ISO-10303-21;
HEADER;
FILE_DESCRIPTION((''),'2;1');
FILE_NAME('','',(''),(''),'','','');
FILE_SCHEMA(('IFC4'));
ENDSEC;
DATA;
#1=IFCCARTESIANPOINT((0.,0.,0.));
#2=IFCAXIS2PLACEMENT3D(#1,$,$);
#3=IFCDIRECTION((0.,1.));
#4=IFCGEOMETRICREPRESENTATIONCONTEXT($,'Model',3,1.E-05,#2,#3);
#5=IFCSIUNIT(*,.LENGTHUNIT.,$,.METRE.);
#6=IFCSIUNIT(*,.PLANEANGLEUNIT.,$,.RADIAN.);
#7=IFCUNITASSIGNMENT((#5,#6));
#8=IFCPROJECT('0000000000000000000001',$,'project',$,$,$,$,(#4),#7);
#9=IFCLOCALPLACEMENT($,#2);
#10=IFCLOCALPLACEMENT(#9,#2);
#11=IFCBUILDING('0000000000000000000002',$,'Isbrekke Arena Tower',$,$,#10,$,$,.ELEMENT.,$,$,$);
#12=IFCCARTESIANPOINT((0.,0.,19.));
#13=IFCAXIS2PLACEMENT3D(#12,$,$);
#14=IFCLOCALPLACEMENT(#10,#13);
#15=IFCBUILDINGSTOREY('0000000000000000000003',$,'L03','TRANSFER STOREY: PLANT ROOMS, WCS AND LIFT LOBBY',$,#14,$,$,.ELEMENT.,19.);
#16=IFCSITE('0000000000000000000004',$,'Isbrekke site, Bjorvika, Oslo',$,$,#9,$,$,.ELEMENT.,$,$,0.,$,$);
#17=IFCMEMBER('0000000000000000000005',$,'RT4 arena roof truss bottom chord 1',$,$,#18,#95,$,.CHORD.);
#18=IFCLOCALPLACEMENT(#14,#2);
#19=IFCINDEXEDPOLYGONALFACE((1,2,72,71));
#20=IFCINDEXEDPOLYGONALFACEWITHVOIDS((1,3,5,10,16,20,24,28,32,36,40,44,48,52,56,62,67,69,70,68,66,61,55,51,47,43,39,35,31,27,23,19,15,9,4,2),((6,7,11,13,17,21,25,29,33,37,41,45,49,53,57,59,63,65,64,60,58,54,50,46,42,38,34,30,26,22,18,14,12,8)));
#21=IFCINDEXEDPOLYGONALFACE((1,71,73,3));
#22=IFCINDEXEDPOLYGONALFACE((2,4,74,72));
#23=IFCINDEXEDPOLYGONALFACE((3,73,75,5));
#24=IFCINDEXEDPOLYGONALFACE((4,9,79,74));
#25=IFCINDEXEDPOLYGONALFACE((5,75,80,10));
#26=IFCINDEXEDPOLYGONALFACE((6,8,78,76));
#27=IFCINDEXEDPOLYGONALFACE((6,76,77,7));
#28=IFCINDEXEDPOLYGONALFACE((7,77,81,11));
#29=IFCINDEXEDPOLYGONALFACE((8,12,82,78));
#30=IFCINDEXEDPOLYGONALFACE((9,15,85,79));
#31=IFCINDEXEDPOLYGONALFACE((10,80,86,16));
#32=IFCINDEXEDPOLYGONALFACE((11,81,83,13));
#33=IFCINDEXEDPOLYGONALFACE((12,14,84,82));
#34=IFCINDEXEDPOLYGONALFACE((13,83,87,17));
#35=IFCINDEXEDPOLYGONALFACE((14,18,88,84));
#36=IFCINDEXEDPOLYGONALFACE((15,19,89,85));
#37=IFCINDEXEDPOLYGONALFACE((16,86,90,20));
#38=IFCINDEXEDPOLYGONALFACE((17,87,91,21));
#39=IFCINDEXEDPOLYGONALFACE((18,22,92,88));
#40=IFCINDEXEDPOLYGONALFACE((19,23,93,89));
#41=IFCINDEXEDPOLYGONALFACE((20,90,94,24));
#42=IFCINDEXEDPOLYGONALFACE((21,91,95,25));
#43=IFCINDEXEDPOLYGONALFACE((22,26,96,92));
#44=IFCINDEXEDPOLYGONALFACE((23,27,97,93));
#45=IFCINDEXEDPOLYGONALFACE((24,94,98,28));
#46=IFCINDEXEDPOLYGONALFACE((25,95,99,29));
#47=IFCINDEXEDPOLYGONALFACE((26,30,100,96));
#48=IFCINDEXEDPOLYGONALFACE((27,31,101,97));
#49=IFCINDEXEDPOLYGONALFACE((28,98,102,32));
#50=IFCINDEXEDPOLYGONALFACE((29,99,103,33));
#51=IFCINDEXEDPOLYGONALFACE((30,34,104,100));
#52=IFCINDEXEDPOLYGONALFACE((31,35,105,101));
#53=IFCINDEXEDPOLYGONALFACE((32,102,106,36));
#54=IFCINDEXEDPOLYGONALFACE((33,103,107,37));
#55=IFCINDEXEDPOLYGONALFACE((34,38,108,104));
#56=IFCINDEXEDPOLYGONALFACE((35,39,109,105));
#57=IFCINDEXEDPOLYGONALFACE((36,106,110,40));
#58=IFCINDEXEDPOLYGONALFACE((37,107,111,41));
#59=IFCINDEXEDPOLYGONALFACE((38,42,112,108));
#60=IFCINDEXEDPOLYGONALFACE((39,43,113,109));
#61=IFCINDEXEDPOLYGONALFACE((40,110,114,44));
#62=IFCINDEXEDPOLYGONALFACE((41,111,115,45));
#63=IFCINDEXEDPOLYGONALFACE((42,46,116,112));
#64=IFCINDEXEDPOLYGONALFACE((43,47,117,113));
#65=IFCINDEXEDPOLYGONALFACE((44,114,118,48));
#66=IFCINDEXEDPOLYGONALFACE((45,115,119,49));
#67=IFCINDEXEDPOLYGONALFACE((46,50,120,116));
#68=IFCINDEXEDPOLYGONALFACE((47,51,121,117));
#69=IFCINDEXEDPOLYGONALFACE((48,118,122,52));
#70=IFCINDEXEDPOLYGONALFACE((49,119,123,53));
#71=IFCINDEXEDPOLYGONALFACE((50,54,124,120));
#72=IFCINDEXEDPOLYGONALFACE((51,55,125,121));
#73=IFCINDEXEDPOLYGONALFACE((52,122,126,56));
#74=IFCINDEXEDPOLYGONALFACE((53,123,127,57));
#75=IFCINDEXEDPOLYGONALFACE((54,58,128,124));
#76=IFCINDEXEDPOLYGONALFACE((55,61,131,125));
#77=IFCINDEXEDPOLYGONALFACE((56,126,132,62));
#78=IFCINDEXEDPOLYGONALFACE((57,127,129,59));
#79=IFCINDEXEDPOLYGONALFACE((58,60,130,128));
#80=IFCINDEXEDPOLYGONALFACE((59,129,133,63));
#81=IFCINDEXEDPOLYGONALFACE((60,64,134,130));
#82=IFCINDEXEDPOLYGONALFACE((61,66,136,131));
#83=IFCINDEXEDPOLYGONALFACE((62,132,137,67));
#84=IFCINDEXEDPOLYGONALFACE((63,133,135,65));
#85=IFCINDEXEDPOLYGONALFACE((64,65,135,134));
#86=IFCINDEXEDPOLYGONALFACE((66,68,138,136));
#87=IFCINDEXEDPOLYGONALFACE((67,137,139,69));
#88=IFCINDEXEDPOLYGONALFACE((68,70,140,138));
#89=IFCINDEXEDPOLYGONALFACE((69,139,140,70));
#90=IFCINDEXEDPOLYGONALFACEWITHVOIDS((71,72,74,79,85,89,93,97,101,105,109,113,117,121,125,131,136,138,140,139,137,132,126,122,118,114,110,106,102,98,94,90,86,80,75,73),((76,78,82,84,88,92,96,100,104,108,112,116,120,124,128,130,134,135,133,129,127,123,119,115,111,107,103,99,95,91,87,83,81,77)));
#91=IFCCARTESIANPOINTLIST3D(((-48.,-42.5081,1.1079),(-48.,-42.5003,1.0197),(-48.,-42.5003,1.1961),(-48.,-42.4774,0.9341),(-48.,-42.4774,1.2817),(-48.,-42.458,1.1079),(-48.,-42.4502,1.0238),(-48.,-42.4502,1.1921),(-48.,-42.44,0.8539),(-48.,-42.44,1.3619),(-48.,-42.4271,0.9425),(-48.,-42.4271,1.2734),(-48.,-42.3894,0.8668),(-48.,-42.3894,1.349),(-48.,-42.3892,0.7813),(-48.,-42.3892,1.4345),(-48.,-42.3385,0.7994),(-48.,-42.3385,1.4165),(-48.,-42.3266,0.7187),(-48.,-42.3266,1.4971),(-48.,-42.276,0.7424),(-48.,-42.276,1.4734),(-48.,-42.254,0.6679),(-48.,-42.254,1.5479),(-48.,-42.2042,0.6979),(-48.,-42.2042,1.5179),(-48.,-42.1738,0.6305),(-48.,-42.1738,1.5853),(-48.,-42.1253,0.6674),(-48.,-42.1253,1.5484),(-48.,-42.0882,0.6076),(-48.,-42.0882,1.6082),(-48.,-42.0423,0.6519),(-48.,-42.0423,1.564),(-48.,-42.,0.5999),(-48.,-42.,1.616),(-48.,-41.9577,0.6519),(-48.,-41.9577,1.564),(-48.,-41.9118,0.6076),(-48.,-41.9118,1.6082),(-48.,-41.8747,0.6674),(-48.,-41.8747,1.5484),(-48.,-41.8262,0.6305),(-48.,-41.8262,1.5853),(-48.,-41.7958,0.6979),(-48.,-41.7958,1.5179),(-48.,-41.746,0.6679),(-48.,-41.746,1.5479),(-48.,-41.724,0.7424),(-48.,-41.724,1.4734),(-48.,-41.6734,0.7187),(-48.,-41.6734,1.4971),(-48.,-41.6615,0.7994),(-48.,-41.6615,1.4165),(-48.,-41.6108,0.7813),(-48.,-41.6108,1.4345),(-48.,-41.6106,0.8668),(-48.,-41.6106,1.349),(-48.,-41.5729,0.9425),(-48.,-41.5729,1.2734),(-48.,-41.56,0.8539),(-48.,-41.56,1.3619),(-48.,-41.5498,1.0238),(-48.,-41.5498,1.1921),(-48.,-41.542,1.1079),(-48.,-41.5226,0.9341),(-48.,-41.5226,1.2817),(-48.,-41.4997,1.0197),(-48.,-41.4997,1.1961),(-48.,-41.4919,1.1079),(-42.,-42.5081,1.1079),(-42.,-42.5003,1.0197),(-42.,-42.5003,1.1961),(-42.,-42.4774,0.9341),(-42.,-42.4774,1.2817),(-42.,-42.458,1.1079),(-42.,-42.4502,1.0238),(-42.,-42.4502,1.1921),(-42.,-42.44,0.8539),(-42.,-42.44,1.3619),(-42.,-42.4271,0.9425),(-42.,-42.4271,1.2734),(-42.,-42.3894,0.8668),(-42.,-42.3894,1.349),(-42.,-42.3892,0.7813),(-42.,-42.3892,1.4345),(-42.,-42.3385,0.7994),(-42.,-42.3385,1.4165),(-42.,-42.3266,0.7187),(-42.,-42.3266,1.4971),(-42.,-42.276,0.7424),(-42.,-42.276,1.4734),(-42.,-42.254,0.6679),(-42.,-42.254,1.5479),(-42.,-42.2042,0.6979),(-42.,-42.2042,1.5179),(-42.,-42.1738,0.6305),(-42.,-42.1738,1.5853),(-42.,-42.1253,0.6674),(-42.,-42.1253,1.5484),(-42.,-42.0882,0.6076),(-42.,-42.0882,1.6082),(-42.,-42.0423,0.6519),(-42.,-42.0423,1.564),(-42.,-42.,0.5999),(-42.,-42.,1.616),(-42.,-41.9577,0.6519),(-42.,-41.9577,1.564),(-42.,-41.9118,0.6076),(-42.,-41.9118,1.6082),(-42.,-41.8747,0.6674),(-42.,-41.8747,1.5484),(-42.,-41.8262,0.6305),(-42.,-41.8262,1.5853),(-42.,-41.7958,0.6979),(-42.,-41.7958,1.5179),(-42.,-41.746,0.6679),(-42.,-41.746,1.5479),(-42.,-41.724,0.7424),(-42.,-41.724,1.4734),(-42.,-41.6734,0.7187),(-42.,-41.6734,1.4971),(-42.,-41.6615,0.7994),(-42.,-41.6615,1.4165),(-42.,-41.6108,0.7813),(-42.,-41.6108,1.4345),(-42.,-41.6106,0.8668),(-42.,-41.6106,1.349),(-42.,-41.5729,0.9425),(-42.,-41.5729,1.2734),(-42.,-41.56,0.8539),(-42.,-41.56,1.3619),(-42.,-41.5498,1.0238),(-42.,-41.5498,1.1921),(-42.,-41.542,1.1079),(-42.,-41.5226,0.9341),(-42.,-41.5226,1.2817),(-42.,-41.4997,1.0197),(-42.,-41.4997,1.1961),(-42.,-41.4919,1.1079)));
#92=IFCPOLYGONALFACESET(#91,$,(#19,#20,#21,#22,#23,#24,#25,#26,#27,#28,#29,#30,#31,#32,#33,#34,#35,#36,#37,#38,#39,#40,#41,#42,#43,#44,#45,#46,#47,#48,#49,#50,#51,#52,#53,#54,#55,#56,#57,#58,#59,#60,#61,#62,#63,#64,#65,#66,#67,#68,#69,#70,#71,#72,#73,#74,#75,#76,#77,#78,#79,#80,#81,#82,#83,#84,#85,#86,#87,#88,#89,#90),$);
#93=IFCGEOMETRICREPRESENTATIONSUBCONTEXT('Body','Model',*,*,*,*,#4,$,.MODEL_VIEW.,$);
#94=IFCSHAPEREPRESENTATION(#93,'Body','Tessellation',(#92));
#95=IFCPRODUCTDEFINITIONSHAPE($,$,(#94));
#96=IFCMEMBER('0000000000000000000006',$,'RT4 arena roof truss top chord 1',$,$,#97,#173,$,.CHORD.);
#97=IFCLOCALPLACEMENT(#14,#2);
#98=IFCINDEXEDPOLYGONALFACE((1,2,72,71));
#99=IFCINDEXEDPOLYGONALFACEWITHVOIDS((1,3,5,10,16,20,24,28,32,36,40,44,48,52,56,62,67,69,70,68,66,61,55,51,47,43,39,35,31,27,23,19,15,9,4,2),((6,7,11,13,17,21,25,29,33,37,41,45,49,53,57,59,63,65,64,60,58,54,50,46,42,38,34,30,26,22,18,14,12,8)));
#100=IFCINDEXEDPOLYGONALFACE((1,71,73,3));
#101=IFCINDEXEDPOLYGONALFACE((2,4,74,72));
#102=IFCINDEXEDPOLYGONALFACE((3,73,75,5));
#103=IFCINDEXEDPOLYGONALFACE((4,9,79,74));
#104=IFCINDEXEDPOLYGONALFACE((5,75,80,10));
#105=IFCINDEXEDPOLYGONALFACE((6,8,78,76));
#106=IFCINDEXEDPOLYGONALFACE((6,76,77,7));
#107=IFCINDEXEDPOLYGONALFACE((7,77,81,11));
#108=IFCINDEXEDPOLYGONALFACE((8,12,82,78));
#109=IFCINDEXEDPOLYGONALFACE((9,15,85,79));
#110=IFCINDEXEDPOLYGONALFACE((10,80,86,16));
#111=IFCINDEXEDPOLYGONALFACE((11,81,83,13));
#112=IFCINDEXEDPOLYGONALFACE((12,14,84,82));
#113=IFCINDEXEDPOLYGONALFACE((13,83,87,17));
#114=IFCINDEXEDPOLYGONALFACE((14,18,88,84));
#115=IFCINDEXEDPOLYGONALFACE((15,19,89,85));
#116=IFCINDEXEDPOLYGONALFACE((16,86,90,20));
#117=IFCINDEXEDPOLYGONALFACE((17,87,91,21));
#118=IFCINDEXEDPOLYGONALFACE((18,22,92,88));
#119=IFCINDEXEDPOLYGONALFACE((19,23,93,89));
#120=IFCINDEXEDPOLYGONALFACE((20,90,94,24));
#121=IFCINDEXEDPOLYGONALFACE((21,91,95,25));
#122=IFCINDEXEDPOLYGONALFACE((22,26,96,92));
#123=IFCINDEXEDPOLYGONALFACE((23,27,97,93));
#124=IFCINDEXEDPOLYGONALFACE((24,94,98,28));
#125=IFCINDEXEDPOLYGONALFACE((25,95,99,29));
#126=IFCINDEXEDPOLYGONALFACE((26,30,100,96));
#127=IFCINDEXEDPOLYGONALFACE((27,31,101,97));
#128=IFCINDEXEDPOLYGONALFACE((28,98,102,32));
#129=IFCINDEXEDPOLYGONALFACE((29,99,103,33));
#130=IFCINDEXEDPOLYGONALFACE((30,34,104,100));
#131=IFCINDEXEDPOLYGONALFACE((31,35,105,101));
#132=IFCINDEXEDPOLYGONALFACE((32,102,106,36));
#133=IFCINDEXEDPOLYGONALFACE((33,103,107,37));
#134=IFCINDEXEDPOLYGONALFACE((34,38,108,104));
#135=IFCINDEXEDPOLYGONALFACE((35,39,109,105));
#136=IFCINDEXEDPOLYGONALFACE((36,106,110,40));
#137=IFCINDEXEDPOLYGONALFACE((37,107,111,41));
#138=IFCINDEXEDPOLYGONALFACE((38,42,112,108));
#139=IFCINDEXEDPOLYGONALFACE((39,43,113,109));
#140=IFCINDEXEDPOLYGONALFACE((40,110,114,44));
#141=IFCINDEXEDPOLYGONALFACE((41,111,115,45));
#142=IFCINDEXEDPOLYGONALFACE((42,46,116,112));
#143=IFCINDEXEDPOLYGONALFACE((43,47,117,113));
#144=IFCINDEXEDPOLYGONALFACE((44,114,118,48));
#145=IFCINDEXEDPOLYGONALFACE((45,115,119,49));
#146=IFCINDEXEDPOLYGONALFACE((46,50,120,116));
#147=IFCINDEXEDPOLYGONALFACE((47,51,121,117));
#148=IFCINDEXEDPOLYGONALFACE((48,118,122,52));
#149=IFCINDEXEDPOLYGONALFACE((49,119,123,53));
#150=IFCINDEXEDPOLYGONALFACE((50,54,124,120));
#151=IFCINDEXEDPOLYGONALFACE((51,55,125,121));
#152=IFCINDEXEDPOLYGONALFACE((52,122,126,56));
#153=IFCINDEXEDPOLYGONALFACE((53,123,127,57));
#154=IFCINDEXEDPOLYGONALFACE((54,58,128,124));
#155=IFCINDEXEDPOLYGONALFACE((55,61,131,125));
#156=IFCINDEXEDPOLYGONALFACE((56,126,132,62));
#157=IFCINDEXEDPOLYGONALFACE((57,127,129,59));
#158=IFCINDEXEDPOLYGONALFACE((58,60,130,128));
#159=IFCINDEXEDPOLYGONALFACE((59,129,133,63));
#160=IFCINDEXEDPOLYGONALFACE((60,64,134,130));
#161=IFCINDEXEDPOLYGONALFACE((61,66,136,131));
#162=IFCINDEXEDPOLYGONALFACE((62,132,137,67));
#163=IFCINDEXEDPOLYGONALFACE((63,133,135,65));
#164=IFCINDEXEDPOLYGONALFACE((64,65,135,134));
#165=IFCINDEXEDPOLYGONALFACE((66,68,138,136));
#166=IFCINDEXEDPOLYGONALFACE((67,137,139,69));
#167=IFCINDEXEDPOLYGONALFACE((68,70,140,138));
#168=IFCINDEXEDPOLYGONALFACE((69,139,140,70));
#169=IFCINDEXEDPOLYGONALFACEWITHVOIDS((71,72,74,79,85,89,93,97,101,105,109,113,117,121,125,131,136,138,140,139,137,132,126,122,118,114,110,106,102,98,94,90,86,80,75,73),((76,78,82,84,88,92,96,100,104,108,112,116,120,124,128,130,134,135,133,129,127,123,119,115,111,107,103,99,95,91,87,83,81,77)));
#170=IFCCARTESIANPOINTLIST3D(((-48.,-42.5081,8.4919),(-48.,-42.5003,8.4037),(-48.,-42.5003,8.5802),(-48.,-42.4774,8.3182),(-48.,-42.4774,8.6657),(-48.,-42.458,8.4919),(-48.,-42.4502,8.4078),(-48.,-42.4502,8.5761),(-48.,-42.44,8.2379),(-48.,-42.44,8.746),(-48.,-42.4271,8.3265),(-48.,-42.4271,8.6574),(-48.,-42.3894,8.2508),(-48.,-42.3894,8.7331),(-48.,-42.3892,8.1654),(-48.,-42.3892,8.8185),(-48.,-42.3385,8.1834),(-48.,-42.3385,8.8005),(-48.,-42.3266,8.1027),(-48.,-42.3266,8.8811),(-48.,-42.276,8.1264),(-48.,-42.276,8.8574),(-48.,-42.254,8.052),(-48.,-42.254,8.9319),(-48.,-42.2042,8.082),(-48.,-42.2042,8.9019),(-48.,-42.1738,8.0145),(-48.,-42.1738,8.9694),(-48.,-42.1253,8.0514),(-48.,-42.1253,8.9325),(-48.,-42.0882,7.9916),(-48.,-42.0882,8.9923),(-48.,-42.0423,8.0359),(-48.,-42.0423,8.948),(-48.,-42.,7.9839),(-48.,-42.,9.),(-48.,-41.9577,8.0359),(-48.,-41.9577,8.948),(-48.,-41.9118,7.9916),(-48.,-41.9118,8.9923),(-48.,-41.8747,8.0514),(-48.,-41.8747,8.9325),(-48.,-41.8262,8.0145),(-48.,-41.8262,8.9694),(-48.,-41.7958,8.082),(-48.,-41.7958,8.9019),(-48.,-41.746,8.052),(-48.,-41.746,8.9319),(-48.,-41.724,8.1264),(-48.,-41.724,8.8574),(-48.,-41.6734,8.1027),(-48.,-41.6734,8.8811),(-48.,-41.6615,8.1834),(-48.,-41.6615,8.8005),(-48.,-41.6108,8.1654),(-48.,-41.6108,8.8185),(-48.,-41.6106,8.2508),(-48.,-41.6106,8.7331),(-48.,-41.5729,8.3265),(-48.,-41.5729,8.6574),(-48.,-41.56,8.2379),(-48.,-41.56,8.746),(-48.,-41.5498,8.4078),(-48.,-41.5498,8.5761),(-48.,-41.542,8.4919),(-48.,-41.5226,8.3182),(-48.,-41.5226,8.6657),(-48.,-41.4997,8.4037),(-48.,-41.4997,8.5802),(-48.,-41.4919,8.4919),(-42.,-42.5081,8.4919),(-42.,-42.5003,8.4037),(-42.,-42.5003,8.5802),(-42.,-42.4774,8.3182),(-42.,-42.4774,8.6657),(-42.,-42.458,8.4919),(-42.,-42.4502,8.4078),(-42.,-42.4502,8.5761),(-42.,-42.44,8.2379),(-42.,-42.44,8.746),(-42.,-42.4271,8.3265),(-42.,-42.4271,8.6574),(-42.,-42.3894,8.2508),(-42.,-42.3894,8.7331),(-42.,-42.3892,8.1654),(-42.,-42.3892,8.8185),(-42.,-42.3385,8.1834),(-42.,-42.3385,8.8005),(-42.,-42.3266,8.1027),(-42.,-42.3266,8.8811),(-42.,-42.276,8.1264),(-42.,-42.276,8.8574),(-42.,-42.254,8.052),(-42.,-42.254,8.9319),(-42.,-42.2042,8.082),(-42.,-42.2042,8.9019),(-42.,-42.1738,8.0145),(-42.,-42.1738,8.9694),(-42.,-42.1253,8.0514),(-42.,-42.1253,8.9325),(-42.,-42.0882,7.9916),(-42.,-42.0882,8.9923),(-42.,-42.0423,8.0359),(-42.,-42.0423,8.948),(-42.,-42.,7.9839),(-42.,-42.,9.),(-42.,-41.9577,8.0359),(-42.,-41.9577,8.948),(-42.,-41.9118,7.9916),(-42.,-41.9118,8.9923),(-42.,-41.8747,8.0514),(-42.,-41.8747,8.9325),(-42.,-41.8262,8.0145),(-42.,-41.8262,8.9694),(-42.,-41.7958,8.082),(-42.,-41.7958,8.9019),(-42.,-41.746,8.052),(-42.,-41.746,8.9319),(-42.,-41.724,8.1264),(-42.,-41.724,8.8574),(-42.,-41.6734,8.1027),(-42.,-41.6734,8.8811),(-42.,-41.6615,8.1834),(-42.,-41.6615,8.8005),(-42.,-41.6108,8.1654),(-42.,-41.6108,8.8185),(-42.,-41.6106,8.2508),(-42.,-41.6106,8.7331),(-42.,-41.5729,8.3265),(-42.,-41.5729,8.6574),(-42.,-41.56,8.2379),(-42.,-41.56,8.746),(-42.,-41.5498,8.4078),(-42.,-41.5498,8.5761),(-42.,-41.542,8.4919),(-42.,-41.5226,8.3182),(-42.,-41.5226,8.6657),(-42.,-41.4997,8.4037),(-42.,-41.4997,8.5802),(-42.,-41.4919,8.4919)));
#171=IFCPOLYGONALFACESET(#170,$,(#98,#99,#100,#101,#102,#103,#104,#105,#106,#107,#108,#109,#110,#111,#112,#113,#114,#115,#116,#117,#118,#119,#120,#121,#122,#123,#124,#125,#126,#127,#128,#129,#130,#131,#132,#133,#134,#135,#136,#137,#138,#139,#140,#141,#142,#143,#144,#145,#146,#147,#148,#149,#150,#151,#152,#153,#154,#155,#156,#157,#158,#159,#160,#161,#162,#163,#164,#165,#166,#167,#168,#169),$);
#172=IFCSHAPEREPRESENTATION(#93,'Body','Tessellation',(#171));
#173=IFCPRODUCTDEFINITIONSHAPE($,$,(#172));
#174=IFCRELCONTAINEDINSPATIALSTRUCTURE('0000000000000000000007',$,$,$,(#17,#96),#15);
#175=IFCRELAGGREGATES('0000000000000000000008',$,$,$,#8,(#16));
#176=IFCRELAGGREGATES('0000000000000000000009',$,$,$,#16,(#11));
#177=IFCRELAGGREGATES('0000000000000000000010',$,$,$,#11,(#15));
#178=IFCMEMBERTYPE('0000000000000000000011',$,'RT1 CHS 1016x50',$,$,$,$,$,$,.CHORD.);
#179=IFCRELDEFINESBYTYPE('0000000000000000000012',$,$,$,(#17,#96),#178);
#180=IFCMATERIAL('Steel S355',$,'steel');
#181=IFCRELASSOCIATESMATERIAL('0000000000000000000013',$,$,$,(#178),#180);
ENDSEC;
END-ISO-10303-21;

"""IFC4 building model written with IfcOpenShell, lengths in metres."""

from ifc_helpers import new_model, si_unit, direction, frame, origin, origin_2d, place, context, subcontext, project, spatial, hollow_circle, extrude, material, material_profile, profile_set, type_object, element, save


model = new_model("IFC4")

# Units and contexts
model_context = context("Model", 3, precision=1e-05, world=origin(), true_north=direction((0.0, 1.0)))
body_context = subcontext(model_context, "Body", "Model", "MODEL_VIEW")
ifc_project = project(units=[si_unit("LENGTHUNIT", "METRE"), si_unit("PLANEANGLEUNIT", "RADIAN")], contexts=[model_context])

# Site, building, storey
site_placement = place(None, origin())
site = spatial("IfcSite", under=ifc_project, at=site_placement, Name="Isbrekke site, Bjorvika, Oslo", CompositionType="ELEMENT", RefElevation=0.0)
building_placement = place(site_placement, origin())
building = spatial("IfcBuilding", under=site, at=building_placement, Name="Isbrekke Arena Tower", CompositionType="ELEMENT")
storey_placement = place(building_placement, frame((0.0, 0.0, 19.0)))
storey = spatial("IfcBuildingStorey", under=building, at=storey_placement, Name="L03", Description="TRANSFER STOREY: PLANT ROOMS, WCS AND LIFT LOBBY", CompositionType="ELEMENT", Elevation=19.0)

# Members
ifc_material_1 = material(Name="Steel S355", Category="steel")
ifc_material_profile_1 = material_profile(ifc_material_1, hollow_circle(Radius=0.5081, WallThickness=0.05, at=origin_2d()), Name="CHS 1016x50")
ifc_profile_set_1 = profile_set([ifc_material_profile_1], Name="Steel S355")
member_type_1 = type_object("IfcMemberType", Name="RT1 CHS 1016x50", PredefinedType="CHORD", material=ifc_profile_set_1)
for number, where, z_axis, x_axis, name in (
    (1, (-48.0, -42.0, 1.1079), (1.0, 0.0, 0.0), (0.0, 1.0, 0.0), "RT4 arena roof truss bottom chord 1"),
    (2, (-48.0, -42.0, 8.4919), (1.0, 0.0, 0.0), (0.0, 1.0, 0.0), "RT4 arena roof truss top chord 1"),
):
    element("IfcMember", number, at=place(storey_placement, frame(where, z_axis=z_axis, x_axis=x_axis)), inside=storey, type_object=member_type_1, Name=name, PredefinedType="CHORD", context=body_context, shape_type="SweptSolid", body=[
        extrude(hollow_circle(Radius=0.5081, WallThickness=0.05, at=origin_2d()), origin(), (0.0, 0.0, 1.0), 6.0),
    ])

save(model, "model.ifc")
